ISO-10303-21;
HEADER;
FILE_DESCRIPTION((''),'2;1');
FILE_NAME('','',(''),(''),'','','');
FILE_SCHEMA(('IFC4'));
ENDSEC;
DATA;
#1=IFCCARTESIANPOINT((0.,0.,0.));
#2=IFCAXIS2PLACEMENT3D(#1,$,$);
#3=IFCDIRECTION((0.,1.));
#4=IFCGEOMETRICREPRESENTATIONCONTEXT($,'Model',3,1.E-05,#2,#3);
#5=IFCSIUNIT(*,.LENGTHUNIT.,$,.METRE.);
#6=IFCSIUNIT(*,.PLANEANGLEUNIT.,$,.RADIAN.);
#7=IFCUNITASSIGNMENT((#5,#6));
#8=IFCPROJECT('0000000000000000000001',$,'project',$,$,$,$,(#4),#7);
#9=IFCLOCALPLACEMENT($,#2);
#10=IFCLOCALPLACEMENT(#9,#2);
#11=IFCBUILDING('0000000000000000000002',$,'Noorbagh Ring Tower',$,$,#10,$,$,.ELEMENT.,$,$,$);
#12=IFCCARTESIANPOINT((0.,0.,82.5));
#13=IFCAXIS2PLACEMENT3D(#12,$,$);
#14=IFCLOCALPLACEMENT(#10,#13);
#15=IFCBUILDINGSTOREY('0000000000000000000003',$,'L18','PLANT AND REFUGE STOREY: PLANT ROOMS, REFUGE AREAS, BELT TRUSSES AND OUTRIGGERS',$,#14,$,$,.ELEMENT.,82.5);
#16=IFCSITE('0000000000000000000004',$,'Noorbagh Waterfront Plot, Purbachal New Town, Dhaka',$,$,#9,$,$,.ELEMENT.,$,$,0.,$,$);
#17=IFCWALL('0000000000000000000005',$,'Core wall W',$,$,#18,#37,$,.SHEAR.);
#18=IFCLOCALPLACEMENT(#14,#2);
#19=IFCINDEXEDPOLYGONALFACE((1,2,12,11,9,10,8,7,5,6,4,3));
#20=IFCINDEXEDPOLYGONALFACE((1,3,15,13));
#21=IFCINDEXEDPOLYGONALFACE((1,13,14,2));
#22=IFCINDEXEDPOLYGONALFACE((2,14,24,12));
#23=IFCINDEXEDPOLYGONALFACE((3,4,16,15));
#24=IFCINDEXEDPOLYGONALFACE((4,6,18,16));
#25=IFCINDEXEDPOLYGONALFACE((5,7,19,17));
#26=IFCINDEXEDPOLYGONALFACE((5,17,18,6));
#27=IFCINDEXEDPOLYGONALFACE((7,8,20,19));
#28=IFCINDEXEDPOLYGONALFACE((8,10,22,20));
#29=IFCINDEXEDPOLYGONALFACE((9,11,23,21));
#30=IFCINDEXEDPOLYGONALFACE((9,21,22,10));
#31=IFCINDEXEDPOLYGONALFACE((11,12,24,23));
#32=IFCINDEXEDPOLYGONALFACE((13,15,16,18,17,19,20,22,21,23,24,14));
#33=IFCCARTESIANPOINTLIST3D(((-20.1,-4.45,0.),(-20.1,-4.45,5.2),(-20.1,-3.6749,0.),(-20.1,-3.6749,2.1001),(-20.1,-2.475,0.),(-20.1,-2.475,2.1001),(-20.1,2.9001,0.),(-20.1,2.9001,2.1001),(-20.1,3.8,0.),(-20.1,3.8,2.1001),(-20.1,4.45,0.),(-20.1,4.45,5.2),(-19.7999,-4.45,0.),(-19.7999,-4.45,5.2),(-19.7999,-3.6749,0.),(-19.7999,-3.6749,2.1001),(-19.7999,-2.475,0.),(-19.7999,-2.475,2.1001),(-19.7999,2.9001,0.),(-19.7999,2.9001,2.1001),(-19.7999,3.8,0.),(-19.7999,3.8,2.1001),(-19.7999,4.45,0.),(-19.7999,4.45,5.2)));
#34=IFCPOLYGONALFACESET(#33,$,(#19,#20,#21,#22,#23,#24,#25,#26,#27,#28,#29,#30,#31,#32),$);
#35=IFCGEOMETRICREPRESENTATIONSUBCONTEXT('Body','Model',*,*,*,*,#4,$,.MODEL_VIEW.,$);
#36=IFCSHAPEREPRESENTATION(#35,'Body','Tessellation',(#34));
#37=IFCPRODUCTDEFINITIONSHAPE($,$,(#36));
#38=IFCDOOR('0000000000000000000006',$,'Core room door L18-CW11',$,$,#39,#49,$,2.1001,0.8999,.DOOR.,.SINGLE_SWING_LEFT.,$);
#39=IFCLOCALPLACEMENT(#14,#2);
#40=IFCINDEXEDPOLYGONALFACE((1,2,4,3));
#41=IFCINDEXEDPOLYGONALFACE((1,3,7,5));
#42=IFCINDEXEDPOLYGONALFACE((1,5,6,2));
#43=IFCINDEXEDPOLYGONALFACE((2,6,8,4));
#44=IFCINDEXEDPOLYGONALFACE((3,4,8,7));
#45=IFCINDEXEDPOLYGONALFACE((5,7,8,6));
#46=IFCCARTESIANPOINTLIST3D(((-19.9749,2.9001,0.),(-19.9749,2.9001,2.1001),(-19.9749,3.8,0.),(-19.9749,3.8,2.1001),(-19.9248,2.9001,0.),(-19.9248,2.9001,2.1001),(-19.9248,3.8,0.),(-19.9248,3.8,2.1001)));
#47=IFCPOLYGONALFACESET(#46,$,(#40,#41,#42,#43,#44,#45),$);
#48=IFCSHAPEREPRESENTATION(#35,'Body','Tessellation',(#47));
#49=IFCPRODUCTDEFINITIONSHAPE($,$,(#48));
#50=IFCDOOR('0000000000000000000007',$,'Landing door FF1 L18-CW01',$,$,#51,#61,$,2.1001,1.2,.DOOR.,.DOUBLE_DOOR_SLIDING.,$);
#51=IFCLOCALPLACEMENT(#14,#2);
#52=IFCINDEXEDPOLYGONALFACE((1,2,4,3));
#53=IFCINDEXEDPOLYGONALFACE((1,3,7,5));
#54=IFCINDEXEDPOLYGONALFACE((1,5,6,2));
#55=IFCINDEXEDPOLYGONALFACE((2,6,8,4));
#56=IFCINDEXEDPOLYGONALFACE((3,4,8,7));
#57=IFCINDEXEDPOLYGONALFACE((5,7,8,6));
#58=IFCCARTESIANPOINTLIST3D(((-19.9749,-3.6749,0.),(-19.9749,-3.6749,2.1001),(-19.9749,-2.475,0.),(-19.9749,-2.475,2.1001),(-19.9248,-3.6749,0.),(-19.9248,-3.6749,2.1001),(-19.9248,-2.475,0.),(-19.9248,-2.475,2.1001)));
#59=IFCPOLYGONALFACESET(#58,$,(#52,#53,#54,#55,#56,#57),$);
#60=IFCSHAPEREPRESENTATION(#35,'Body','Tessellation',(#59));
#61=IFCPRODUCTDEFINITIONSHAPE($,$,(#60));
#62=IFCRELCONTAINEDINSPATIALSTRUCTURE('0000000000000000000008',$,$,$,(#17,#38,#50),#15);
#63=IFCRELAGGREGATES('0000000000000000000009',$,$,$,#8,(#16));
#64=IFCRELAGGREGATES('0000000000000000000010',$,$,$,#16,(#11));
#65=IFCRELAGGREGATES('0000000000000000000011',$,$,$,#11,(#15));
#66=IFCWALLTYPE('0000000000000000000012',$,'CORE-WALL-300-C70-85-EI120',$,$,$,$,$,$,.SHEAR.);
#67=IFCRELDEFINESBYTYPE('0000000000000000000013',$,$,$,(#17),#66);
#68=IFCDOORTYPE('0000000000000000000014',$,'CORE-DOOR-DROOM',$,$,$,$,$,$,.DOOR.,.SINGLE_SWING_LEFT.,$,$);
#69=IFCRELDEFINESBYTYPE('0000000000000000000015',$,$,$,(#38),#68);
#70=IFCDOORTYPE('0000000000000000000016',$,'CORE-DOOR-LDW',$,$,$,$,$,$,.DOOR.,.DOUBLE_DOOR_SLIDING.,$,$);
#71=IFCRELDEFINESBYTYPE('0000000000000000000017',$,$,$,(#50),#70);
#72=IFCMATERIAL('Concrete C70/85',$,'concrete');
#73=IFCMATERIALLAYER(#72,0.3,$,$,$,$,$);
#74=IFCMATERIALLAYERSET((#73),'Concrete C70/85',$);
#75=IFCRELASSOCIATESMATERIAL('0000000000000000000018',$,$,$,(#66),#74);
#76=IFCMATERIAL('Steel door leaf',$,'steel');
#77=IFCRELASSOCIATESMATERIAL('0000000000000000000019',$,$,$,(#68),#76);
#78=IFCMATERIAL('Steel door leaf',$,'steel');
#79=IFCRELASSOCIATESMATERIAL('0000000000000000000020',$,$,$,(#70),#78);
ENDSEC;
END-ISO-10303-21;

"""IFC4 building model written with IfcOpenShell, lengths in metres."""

from ifc_helpers import new_model, si_unit, direction, frame, frame_2d, origin, place, context, subcontext, project, spatial, rectangle, extrude, material, layer, layer_set, type_object, element, fill, save


model = new_model("IFC4")

# Units and contexts
model_context = context("Model", 3, precision=1e-05, world=origin(), true_north=direction((0.0, 1.0)))
body_context = subcontext(model_context, "Body", "Model", "MODEL_VIEW")
ifc_project = project(units=[si_unit("LENGTHUNIT", "METRE"), si_unit("PLANEANGLEUNIT", "RADIAN")], contexts=[model_context])

# Site, building, storey
site_placement = place(None, origin())
site = spatial("IfcSite", under=ifc_project, at=site_placement, Name="Noorbagh Waterfront Plot, Purbachal New Town, Dhaka", CompositionType="ELEMENT", RefElevation=0.0)
building_placement = place(site_placement, origin())
building = spatial("IfcBuilding", under=site, at=building_placement, Name="Noorbagh Ring Tower", CompositionType="ELEMENT")
storey_placement = place(building_placement, frame((0.0, 0.0, 82.5)))
storey = spatial("IfcBuildingStorey", under=building, at=storey_placement, Name="L18", Description="PLANT AND REFUGE STOREY: PLANT ROOMS, REFUGE AREAS, BELT TRUSSES AND OUTRIGGERS", CompositionType="ELEMENT", Elevation=82.5)

# Shared definitions
ifc_material_1 = material(Name="Concrete C70/85", Category="concrete")
ifc_layer_1 = layer(ifc_material_1, 0.3)
ifc_layer_set_1 = layer_set([ifc_layer_1], Name="Concrete C70/85")
wall_type_1 = type_object("IfcWallType", Name="CORE-WALL-300-C70-85-EI120", PredefinedType="SHEAR", material=ifc_layer_set_1)

# Wall, openings, doors
wall_1_placement = place(storey_placement, frame((-19.95, -4.45, 0.0), z_axis=(0.0, 0.0, 1.0), x_axis=(0.0, 1.0, 0.0)))
wall_1 = element("IfcWall", 1, at=wall_1_placement, inside=storey, type_object=wall_type_1, Name="Core wall W", PredefinedType="SHEAR", context=body_context, shape_type="SweptSolid", body=[
    extrude(rectangle(XDim=8.8999, YDim=0.3, at=frame_2d((4.45, 0.0))), origin(), (0.0, 0.0, 1.0), 5.2),
])
opening_1_placement = place(wall_1_placement, frame((0.7749, 0.0, 0.0)))
opening_1 = element("IfcOpeningElement", 2, at=opening_1_placement, cuts=wall_1, PredefinedType="OPENING", context=body_context, shape_type="SweptSolid", body=[
    extrude(rectangle(XDim=1.2, YDim=2.1001, at=frame_2d((0.6001, 1.05))), frame((0.0, 0.1602, 0.0), z_axis=(0.0, -1.0, 0.0), x_axis=(1.0, 0.0, 0.0)), (0.0, 0.0, 1.0), 0.3201),
])
opening_2_placement = place(wall_1_placement, frame((7.3501, 0.0, 0.0)))
opening_2 = element("IfcOpeningElement", 3, at=opening_2_placement, cuts=wall_1, PredefinedType="OPENING", context=body_context, shape_type="SweptSolid", body=[
    extrude(rectangle(XDim=0.8999, YDim=2.1001, at=frame_2d((0.45, 1.05))), frame((0.0, 0.1602, 0.0), z_axis=(0.0, -1.0, 0.0), x_axis=(1.0, 0.0, 0.0)), (0.0, 0.0, 1.0), 0.3201),
])
ifc_material_2 = material(Name="Steel door leaf", Category="steel")
door_type_1 = type_object("IfcDoorType", Name="CORE-DOOR-DROOM", OperationType="SINGLE_SWING_LEFT", PredefinedType="DOOR", material=ifc_material_2)
door_1_placement = place(opening_2_placement, origin())
door_1 = element("IfcDoor", 4, at=door_1_placement, inside=storey, type_object=door_type_1, Name="Core room door L18-CW11", OperationType="SINGLE_SWING_LEFT", OverallHeight=2.1001, OverallWidth=0.8999, PredefinedType="DOOR", context=body_context, shape_type="SweptSolid", body=[
    extrude(rectangle(XDim=0.8999, YDim=2.1001, at=frame_2d((0.45, 1.05))), frame((0.0, 0.0249, 0.0), z_axis=(0.0, -1.0, 0.0), x_axis=(1.0, 0.0, 0.0)), (0.0, 0.0, 1.0), 0.05),
])
fill(opening_2, door_1)
ifc_material_3 = material(Name="Steel door leaf", Category="steel")
door_type_2 = type_object("IfcDoorType", Name="CORE-DOOR-LDW", OperationType="DOUBLE_DOOR_SLIDING", PredefinedType="DOOR", material=ifc_material_3)
door_2_placement = place(opening_1_placement, origin())
door_2 = element("IfcDoor", 5, at=door_2_placement, inside=storey, type_object=door_type_2, Name="Landing door FF1 L18-CW01", OperationType="DOUBLE_DOOR_SLIDING", OverallHeight=2.1001, OverallWidth=1.2, PredefinedType="DOOR", context=body_context, shape_type="SweptSolid", body=[
    extrude(rectangle(XDim=1.2, YDim=2.1001, at=frame_2d((0.6001, 1.05))), frame((0.0, 0.0249, 0.0), z_axis=(0.0, -1.0, 0.0), x_axis=(1.0, 0.0, 0.0)), (0.0, 0.0, 1.0), 0.05),
])
fill(opening_1, door_2)

save(model, "model.ifc")
